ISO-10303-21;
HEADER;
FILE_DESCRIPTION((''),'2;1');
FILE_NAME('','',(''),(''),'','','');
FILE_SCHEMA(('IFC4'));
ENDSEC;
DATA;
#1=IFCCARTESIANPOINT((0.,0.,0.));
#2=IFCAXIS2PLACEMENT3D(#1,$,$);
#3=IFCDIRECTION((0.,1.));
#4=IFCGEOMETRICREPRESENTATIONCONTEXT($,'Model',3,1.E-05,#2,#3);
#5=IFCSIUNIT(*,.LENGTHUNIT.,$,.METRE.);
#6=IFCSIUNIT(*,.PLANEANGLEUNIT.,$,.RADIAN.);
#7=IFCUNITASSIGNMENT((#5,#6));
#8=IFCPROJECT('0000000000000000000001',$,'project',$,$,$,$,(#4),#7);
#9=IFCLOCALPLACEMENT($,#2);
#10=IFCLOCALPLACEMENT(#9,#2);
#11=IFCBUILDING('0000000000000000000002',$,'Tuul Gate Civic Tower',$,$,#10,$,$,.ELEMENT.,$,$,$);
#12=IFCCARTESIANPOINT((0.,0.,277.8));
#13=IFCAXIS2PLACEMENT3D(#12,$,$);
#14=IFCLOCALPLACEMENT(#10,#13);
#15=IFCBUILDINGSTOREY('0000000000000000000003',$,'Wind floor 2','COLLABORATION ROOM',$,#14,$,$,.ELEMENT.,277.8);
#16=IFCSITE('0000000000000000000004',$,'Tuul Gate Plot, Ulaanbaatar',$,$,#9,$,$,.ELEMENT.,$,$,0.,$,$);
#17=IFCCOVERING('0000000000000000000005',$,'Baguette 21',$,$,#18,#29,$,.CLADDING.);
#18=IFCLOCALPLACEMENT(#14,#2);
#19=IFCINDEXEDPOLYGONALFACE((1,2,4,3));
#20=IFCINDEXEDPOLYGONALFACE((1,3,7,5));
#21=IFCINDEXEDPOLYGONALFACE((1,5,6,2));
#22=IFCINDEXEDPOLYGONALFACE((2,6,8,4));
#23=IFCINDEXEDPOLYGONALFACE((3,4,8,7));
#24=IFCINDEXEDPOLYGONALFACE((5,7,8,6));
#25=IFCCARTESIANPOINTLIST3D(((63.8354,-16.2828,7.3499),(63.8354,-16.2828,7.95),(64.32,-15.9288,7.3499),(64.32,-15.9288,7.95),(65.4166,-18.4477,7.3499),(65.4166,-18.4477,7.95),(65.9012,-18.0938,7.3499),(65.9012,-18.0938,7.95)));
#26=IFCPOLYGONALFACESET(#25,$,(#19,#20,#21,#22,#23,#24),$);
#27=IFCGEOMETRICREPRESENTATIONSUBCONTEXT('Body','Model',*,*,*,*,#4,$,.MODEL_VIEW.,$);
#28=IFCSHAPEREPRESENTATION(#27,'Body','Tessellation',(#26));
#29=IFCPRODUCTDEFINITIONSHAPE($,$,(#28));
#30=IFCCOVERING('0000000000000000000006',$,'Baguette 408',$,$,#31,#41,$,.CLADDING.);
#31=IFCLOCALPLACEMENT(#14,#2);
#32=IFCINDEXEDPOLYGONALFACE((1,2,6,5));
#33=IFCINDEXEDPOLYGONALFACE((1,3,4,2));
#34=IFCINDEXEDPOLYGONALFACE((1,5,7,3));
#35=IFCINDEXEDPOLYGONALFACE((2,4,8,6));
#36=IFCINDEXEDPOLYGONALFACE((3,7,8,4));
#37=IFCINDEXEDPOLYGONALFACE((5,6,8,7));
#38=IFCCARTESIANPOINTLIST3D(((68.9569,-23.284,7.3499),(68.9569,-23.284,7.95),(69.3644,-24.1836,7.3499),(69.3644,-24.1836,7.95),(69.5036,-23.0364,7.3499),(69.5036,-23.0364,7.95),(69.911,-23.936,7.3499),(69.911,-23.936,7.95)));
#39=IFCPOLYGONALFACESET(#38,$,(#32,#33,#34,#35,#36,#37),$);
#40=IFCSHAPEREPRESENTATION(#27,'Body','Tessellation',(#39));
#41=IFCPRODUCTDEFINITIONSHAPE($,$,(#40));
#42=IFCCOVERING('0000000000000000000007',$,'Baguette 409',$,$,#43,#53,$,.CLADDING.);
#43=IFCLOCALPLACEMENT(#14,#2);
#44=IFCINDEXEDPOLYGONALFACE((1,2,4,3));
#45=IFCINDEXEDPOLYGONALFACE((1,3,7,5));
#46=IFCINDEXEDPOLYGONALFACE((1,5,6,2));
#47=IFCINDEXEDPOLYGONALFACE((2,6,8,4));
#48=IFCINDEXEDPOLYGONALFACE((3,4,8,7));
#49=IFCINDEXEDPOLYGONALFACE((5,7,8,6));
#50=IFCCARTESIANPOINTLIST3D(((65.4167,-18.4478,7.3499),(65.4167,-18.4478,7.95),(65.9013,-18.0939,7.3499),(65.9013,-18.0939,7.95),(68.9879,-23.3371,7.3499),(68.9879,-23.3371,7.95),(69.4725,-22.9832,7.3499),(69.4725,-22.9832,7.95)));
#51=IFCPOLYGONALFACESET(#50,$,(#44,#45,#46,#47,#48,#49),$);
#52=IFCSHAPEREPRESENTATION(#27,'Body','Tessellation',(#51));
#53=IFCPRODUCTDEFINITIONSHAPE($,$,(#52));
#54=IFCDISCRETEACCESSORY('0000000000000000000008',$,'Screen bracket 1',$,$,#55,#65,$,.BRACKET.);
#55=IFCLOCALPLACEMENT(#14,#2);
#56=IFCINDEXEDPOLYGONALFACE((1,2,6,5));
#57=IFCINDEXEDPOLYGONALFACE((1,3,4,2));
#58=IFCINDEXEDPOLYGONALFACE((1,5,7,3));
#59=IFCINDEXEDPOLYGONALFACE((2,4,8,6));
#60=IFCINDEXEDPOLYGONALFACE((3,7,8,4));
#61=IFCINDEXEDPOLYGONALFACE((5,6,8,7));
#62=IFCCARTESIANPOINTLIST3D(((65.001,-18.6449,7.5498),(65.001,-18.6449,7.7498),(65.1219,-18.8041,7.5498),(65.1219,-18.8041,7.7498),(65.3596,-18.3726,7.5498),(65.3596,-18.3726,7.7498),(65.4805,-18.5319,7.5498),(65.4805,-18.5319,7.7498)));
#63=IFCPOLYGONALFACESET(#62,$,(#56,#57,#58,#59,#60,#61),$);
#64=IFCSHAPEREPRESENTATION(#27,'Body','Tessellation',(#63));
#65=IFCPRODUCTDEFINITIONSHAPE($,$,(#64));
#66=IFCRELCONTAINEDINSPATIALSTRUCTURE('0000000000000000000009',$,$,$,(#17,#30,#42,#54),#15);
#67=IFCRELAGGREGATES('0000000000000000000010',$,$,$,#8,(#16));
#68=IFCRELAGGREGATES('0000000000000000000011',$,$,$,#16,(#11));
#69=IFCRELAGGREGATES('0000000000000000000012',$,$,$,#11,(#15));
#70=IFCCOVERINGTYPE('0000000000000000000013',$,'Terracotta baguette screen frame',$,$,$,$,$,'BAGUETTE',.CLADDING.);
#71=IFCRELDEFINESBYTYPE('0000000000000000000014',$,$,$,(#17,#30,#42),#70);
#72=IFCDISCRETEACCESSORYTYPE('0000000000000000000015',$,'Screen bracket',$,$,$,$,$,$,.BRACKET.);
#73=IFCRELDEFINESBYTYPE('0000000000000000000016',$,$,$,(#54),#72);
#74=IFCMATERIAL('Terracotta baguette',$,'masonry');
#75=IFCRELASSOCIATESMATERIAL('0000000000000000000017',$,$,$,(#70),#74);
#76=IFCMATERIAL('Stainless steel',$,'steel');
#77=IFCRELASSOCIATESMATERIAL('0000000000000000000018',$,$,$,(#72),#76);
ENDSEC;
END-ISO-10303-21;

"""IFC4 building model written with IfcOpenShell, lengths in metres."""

from ifc_helpers import new_model, si_unit, direction, frame, origin, origin_2d, place, context, subcontext, project, spatial, rectangle, extrude, material, material_profile, profile_set, type_object, element, save


model = new_model("IFC4")

# Units and contexts
model_context = context("Model", 3, precision=1e-05, world=origin(), true_north=direction((0.0, 1.0)))
body_context = subcontext(model_context, "Body", "Model", "MODEL_VIEW")
ifc_project = project(units=[si_unit("LENGTHUNIT", "METRE"), si_unit("PLANEANGLEUNIT", "RADIAN")], contexts=[model_context])

# Site, building, storey
site_placement = place(None, origin())
site = spatial("IfcSite", under=ifc_project, at=site_placement, Name="Tuul Gate Plot, Ulaanbaatar", CompositionType="ELEMENT", RefElevation=0.0)
building_placement = place(site_placement, origin())
building = spatial("IfcBuilding", under=site, at=building_placement, Name="Tuul Gate Civic Tower", CompositionType="ELEMENT")
storey_placement = place(building_placement, frame((0.0, 0.0, 277.8)))
storey = spatial("IfcBuildingStorey", under=building, at=storey_placement, Name="Wind floor 2", Description="COLLABORATION ROOM", CompositionType="ELEMENT", Elevation=277.8)

# Coverings
ifc_material_1 = material(Name="Terracotta baguette", Category="masonry")
ifc_material_profile_1 = material_profile(ifc_material_1, rectangle(XDim=0.6001, YDim=0.6001, at=origin_2d()), Name="Terracotta baguette screen frame")
ifc_profile_set_1 = profile_set([ifc_material_profile_1], Name="Terracotta baguette")
covering_type = type_object("IfcCoveringType", Name="Terracotta baguette screen frame", ElementType="BAGUETTE", PredefinedType="CLADDING", material=ifc_profile_set_1)
covering_1_placement = place(storey_placement, frame((65.6589, -18.2708, 7.6499), z_axis=(-0.589811, 0.807541, 0.0), x_axis=(-0.807541, -0.589811, 0.0)))
element("IfcCovering", 1, at=covering_1_placement, inside=storey, type_object=covering_type, Name="Baguette 21", PredefinedType="CLADDING", context=body_context, shape_type="SweptSolid", body=[
    extrude(rectangle(XDim=0.6001, YDim=0.6001, at=origin_2d()), origin(), (0.0, 0.0, 1.0), 2.6809),
])
covering_2_placement = place(storey_placement, frame((69.6377, -24.0598, 7.6499), z_axis=(-0.412573, 0.910924, 0.0), x_axis=(-0.910924, -0.412573, 0.0)))
element("IfcCovering", 2, at=covering_2_placement, inside=storey, type_object=covering_type, Name="Baguette 408", PredefinedType="CLADDING", context=body_context, shape_type="SweptSolid", body=[
    extrude(rectangle(XDim=0.6001, YDim=0.6001, at=origin_2d()), origin(), (0.0, 0.0, 1.0), 0.9875),
])
covering_3_placement = place(storey_placement, frame((69.2302, -23.1602, 7.6499), z_axis=(-0.58983, 0.807528, 0.0), x_axis=(-0.807528, -0.58983, 0.0)))
element("IfcCovering", 3, at=covering_3_placement, inside=storey, type_object=covering_type, Name="Baguette 409", PredefinedType="CLADDING", context=body_context, shape_type="SweptSolid", body=[
    extrude(rectangle(XDim=0.6001, YDim=0.6001, at=origin_2d()), origin(), (0.0, 0.0, 1.0), 6.0547),
])

# Discrete accessory
ifc_material_2 = material(Name="Stainless steel", Category="steel")
discrete_accessory_type = type_object("IfcDiscreteAccessoryType", Name="Screen bracket", PredefinedType="BRACKET", material=ifc_material_2)
discrete_accessory_placement = place(storey_placement, frame((65.2407, -18.5884, 7.5498), z_axis=(0.0, 0.0, 1.0), x_axis=(0.796469, 0.60468, 0.0)))
element("IfcDiscreteAccessory", 4, at=discrete_accessory_placement, inside=storey, type_object=discrete_accessory_type, Name="Screen bracket 1", PredefinedType="BRACKET", context=body_context, shape_type="SweptSolid", body=[
    extrude(rectangle(XDim=0.4502, YDim=0.2, at=origin_2d()), origin(), (0.0, 0.0, 1.0), 0.2),
])

save(model, "model.ifc")
